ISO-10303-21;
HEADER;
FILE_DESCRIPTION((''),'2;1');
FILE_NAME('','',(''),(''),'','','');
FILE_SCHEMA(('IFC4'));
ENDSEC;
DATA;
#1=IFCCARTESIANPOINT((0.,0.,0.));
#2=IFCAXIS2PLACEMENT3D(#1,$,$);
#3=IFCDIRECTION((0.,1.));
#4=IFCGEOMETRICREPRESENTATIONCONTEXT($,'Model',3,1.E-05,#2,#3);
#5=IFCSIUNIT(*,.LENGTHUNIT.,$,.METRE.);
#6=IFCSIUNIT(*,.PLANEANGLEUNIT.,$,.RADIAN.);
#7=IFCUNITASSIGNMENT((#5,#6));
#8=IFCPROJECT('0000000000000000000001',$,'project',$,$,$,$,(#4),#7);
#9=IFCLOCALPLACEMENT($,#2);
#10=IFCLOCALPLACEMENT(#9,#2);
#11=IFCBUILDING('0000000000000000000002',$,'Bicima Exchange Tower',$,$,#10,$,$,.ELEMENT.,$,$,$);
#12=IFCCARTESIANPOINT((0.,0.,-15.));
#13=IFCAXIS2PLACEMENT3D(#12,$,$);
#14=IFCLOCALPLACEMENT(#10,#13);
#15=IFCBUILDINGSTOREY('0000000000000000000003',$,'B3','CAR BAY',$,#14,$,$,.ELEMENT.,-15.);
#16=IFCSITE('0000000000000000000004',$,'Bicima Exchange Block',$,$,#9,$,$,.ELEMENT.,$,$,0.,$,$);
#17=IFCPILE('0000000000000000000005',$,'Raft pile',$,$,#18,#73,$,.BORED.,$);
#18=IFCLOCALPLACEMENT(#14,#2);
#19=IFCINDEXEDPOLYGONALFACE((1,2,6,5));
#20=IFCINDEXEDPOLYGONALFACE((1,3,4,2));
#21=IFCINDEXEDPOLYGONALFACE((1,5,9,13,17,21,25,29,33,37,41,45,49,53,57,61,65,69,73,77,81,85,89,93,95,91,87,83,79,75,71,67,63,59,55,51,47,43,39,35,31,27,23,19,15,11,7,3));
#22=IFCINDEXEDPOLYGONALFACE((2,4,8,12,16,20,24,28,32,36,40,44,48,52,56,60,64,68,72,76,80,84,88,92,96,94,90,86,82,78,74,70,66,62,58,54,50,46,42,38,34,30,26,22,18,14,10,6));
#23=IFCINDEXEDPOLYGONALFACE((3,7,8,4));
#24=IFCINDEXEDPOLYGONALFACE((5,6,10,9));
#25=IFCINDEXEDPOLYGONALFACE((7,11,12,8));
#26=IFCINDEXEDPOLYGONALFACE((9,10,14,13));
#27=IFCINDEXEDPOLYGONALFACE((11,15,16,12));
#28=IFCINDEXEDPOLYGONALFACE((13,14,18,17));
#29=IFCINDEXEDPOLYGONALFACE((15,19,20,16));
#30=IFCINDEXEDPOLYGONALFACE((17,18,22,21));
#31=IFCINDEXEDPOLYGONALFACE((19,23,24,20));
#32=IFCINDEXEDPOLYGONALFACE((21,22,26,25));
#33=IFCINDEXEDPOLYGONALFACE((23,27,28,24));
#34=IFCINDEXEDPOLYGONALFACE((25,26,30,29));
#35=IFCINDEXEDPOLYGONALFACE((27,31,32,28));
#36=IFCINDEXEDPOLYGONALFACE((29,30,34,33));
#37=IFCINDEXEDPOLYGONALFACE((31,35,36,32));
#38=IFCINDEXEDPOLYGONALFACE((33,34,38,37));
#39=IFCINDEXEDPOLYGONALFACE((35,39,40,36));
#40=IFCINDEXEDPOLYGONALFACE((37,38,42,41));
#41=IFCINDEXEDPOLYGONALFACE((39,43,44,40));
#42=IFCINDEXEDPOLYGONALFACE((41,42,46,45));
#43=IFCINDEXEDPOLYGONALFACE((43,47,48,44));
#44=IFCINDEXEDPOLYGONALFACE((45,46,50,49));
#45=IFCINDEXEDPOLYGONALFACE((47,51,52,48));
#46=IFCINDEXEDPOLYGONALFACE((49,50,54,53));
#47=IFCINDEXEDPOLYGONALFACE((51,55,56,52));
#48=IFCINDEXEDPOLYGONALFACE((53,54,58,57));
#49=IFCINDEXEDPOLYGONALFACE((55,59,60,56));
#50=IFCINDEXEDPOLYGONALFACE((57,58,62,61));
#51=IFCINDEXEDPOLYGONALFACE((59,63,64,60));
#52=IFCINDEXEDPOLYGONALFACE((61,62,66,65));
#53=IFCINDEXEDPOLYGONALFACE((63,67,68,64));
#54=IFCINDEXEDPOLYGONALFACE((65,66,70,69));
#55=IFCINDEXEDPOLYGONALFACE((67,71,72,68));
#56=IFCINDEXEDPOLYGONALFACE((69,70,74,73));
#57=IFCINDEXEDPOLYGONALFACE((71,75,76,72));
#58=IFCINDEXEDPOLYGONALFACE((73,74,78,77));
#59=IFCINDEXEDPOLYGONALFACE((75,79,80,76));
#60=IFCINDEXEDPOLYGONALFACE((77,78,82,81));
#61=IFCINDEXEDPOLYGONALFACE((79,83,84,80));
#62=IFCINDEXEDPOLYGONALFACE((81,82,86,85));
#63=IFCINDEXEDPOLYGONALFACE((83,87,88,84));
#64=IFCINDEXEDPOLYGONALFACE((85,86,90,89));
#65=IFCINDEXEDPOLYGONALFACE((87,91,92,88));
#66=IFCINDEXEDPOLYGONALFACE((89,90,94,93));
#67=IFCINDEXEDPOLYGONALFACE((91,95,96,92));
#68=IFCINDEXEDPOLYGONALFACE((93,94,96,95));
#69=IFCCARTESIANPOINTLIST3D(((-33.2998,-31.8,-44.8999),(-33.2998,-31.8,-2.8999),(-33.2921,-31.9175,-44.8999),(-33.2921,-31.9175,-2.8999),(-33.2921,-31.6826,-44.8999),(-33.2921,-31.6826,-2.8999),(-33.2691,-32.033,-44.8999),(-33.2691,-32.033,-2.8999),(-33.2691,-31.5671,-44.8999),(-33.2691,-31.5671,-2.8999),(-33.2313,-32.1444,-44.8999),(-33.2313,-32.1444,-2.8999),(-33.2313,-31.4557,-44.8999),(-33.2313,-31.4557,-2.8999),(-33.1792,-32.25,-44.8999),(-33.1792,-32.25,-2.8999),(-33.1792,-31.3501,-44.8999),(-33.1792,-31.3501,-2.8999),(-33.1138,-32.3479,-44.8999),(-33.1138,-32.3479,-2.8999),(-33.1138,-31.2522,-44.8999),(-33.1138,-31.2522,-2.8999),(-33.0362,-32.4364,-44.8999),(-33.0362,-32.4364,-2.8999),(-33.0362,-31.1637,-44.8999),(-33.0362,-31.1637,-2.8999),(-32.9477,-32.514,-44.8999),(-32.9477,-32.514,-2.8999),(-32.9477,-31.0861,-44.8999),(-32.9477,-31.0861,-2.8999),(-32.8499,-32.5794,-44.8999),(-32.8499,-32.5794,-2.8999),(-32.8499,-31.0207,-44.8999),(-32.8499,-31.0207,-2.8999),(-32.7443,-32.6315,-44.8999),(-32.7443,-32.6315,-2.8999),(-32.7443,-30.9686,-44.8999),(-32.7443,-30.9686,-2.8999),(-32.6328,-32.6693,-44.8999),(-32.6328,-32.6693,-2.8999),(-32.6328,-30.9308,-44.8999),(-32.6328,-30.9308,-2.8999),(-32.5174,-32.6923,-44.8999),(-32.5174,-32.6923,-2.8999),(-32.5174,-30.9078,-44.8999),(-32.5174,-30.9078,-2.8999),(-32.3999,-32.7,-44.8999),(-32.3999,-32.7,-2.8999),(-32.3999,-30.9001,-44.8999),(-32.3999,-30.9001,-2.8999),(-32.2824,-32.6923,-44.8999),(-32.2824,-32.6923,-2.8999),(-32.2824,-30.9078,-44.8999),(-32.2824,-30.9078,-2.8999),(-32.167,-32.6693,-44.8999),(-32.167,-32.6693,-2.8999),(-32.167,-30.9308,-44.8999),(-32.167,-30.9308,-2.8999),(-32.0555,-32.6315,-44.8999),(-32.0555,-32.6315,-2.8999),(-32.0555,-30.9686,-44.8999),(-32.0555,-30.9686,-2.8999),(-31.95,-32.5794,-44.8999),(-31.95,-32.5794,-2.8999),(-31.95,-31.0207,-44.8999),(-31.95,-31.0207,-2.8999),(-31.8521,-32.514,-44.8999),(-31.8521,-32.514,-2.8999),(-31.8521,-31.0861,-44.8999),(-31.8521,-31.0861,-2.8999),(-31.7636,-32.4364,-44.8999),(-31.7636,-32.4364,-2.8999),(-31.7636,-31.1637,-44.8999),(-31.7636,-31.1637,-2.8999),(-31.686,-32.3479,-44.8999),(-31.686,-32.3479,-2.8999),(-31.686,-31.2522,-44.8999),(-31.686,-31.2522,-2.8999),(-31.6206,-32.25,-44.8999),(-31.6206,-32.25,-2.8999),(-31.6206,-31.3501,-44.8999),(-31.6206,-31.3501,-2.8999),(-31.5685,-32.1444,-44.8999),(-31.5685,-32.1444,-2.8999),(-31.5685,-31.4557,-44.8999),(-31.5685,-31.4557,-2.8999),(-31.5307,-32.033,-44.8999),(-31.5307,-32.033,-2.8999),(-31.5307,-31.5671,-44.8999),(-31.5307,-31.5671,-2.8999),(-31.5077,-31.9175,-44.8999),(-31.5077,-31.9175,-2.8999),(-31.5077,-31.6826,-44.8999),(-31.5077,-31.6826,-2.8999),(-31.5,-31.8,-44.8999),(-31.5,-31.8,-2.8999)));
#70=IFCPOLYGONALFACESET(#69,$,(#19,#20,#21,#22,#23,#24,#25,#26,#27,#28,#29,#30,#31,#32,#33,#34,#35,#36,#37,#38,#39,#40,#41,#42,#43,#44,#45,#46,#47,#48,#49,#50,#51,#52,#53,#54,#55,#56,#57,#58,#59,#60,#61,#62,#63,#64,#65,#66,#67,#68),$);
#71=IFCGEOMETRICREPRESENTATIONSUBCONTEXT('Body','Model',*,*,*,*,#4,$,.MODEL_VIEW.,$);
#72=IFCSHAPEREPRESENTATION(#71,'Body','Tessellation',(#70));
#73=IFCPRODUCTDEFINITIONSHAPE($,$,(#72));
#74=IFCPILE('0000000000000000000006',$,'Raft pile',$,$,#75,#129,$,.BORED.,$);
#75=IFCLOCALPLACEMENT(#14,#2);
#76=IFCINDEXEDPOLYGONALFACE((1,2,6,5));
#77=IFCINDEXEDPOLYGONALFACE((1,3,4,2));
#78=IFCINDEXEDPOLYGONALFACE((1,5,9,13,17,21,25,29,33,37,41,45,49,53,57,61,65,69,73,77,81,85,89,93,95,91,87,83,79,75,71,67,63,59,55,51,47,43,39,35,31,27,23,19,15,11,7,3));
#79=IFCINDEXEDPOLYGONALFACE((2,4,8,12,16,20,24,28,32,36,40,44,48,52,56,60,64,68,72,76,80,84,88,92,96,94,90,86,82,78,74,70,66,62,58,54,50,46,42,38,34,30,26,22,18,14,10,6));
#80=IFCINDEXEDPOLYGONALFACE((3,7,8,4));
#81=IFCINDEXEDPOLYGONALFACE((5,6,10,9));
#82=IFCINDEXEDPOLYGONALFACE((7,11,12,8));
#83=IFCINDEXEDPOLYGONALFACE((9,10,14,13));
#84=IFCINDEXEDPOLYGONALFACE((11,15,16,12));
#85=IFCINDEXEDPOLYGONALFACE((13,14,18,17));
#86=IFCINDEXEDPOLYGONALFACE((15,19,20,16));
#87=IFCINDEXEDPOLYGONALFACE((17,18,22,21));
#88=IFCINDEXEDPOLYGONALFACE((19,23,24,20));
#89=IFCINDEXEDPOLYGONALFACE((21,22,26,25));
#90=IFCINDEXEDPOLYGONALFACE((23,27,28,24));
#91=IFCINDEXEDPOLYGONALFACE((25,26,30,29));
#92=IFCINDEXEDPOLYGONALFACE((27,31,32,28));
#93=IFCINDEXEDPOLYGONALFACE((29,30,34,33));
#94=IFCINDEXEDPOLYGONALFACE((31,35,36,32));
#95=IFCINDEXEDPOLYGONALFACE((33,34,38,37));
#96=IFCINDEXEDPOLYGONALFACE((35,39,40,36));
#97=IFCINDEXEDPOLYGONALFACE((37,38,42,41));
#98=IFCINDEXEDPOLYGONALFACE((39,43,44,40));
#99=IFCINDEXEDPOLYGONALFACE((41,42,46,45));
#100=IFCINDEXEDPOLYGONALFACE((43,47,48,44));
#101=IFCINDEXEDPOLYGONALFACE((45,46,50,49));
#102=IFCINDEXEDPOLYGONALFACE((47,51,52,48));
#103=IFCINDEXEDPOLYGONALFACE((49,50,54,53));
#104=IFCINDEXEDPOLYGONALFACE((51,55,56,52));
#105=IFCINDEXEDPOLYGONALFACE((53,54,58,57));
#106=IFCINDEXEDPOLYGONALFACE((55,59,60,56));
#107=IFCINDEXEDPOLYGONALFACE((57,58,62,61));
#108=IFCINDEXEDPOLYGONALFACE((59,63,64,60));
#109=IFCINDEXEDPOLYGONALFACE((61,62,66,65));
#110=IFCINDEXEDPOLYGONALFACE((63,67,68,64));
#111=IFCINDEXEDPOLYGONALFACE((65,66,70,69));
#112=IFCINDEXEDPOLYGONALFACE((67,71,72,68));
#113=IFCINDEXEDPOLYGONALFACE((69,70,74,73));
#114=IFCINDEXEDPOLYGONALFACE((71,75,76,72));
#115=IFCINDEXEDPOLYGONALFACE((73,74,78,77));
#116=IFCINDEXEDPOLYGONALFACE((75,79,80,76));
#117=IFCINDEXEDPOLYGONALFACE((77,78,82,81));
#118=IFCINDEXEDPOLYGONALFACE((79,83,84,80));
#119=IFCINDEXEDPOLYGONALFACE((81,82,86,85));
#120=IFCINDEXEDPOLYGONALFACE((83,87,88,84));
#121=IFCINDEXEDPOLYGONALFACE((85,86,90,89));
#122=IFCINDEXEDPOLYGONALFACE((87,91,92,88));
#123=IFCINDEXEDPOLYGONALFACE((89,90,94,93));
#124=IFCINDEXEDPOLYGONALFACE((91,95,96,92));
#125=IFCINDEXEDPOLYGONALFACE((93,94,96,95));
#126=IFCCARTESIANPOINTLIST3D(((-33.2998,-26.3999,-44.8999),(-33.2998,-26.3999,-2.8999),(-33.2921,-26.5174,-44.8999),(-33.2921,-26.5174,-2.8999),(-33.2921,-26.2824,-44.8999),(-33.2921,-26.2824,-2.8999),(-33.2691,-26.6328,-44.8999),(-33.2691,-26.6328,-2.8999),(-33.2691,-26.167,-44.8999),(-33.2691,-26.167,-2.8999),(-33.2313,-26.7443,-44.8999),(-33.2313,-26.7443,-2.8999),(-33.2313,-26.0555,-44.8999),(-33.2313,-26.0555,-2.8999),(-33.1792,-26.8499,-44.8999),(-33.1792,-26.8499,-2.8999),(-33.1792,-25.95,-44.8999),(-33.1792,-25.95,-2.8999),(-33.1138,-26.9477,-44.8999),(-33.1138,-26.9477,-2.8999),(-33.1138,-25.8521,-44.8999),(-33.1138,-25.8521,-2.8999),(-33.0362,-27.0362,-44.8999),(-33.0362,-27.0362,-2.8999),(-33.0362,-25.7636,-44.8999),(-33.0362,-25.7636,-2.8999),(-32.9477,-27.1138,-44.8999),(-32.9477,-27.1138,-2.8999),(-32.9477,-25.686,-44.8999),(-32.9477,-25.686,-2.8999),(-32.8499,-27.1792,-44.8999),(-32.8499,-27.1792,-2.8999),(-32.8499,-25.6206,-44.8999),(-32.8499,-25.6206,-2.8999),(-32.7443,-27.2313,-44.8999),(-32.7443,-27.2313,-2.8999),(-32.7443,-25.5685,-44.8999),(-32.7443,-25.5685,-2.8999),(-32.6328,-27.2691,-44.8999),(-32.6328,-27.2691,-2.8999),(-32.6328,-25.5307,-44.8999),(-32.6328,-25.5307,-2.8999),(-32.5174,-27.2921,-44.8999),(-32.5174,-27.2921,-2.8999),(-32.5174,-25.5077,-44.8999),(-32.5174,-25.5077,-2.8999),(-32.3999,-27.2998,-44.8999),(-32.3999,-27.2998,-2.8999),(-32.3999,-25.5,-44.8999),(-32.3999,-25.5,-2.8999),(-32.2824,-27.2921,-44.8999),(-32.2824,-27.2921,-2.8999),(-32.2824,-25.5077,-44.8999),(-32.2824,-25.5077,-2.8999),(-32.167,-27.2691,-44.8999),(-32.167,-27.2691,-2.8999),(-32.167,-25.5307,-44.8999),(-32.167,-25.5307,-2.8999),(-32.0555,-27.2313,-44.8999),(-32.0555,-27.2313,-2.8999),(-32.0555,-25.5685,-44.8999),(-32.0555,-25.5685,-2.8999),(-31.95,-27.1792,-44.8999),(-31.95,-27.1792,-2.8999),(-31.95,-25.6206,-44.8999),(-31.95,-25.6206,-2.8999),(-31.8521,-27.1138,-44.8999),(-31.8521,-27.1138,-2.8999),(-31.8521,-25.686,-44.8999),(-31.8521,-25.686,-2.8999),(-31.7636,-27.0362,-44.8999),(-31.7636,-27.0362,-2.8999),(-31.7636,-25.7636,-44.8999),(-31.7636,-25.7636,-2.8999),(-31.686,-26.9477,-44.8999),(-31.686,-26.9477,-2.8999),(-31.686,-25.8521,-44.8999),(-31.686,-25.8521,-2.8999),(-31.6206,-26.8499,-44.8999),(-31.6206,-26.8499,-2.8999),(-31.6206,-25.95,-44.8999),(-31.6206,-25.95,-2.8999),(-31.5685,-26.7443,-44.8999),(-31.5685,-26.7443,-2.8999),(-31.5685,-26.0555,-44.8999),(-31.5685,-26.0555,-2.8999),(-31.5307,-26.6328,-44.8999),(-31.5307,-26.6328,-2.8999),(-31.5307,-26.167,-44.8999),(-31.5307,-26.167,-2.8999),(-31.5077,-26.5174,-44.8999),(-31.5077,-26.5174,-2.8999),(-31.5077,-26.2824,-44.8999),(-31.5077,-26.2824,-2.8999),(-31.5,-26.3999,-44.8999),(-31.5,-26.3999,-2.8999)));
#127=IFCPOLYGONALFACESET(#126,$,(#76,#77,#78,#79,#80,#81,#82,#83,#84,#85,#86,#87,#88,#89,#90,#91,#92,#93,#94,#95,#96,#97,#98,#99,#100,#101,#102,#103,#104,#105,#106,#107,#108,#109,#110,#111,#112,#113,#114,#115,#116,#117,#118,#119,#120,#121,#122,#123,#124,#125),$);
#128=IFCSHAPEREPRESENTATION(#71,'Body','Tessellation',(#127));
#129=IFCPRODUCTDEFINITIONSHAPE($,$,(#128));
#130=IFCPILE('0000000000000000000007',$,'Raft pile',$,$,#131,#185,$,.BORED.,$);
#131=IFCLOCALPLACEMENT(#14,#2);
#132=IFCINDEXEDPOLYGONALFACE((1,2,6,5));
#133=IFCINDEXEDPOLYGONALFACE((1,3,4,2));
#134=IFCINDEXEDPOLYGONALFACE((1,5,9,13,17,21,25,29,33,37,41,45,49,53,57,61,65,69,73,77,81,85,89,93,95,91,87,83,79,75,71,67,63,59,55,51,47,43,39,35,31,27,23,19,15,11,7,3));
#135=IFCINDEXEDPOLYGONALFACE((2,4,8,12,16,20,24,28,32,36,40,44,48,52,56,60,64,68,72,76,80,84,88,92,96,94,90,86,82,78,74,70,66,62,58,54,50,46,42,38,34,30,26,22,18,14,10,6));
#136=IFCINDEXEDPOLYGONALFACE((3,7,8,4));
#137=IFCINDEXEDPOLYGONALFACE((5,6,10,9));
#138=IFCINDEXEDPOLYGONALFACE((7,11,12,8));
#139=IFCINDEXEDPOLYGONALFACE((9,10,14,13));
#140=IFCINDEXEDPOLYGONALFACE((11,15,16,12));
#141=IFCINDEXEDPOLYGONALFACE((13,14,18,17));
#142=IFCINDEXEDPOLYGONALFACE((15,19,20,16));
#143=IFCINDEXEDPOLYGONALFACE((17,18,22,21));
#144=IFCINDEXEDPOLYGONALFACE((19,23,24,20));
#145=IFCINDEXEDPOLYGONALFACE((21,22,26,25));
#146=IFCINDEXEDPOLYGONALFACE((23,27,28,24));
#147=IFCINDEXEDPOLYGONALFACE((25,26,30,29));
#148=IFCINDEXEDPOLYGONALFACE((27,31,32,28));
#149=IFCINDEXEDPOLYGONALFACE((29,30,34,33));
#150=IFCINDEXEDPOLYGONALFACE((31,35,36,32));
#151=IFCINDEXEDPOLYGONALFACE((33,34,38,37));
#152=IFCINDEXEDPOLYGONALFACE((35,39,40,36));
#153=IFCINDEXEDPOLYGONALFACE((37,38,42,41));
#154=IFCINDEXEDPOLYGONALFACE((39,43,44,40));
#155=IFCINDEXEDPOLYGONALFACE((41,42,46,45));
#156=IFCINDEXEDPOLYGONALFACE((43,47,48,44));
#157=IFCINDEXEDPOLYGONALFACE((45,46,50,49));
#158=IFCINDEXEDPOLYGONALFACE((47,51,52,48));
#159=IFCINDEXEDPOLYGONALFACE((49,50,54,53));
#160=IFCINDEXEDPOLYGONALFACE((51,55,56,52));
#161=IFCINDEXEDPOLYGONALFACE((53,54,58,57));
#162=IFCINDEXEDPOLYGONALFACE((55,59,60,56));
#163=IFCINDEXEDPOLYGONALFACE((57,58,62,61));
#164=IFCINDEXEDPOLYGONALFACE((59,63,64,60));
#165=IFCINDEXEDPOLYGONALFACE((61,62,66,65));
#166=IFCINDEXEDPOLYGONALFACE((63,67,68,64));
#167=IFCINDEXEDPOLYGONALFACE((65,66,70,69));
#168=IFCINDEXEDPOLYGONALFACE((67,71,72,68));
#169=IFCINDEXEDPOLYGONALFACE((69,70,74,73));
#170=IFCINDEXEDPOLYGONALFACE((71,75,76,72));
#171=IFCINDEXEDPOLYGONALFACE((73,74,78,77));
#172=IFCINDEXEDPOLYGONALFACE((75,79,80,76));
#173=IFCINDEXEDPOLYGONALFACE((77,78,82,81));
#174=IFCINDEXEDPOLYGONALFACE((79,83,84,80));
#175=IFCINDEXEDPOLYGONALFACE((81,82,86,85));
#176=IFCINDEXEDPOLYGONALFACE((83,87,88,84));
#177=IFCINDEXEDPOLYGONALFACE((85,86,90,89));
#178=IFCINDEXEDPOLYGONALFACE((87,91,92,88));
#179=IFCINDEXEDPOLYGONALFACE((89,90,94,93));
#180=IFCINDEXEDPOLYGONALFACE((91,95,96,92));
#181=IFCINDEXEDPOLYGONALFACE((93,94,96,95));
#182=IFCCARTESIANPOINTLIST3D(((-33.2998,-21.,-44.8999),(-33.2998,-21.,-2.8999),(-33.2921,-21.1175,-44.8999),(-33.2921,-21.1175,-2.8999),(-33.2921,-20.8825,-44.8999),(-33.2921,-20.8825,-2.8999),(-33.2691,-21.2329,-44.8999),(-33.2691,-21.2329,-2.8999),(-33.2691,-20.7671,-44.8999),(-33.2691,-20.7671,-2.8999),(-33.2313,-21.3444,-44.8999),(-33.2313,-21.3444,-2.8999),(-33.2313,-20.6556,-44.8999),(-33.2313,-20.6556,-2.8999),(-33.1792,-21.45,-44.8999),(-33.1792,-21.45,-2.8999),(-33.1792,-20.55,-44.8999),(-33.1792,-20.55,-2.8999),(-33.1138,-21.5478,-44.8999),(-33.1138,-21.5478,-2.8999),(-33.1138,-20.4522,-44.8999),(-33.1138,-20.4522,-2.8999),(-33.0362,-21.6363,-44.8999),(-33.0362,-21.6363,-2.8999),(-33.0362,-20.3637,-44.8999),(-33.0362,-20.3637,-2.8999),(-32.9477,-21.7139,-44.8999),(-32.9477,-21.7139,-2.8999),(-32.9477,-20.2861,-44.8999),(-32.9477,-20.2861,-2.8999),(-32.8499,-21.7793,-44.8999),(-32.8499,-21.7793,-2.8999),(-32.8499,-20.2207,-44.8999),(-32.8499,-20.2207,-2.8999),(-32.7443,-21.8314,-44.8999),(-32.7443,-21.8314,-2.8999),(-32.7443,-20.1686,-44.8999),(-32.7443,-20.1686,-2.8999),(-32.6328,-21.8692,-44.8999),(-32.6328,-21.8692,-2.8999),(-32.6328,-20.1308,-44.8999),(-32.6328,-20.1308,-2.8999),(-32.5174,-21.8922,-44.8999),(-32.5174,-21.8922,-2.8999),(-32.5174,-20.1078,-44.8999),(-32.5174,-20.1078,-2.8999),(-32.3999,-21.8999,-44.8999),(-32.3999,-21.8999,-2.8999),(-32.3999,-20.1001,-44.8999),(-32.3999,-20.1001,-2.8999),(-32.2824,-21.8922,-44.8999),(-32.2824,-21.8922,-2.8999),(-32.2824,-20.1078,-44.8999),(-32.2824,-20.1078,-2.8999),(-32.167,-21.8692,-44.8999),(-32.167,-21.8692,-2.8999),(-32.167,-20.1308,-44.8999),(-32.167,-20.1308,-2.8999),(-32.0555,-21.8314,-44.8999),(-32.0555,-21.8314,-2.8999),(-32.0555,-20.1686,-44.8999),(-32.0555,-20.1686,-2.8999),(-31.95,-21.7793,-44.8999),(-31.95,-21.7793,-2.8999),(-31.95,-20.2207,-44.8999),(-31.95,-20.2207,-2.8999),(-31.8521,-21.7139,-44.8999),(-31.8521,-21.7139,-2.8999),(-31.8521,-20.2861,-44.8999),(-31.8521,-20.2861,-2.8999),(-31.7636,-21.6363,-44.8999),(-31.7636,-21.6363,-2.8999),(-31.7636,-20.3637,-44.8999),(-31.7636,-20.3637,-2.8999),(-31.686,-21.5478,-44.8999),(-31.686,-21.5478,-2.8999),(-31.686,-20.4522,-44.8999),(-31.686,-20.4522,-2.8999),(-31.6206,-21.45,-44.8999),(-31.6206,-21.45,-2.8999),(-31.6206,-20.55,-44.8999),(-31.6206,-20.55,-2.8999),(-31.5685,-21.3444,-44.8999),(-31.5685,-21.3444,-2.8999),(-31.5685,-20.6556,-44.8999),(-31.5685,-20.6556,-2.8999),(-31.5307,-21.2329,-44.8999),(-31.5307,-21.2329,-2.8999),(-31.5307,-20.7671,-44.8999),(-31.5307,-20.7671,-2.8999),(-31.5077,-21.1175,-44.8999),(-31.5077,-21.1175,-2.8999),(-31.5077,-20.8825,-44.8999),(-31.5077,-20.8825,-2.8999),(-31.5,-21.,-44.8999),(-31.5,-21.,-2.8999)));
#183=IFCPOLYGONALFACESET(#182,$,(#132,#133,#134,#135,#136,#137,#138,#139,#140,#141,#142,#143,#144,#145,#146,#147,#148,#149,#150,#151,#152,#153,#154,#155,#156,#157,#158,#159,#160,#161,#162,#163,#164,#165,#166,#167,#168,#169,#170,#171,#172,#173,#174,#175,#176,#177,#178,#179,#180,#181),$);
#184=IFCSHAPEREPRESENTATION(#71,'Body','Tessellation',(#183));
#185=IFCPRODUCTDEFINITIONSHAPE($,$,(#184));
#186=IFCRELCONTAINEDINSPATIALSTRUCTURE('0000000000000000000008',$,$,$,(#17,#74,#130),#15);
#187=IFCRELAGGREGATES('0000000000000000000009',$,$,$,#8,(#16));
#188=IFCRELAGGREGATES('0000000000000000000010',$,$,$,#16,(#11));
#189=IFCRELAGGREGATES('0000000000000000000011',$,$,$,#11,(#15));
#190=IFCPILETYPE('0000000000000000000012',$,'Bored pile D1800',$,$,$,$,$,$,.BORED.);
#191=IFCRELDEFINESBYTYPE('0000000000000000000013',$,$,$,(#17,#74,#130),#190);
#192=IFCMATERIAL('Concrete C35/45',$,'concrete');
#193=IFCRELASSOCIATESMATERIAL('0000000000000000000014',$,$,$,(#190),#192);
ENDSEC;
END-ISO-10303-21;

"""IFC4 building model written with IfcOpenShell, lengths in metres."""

from ifc_helpers import new_model, si_unit, direction, frame, origin, origin_2d, place, context, subcontext, project, spatial, circle, extrude, material, material_profile, profile_set, type_object, element, save


model = new_model("IFC4")

# Units and contexts
model_context = context("Model", 3, precision=1e-05, world=origin(), true_north=direction((0.0, 1.0)))
body_context = subcontext(model_context, "Body", "Model", "MODEL_VIEW")
ifc_project = project(units=[si_unit("LENGTHUNIT", "METRE"), si_unit("PLANEANGLEUNIT", "RADIAN")], contexts=[model_context])

# Site, building, storey
site_placement = place(None, origin())
site = spatial("IfcSite", under=ifc_project, at=site_placement, Name="Bicima Exchange Block", CompositionType="ELEMENT", RefElevation=0.0)
building_placement = place(site_placement, origin())
building = spatial("IfcBuilding", under=site, at=building_placement, Name="Bicima Exchange Tower", CompositionType="ELEMENT")
storey_placement = place(building_placement, frame((0.0, 0.0, -15.0)))
storey = spatial("IfcBuildingStorey", under=building, at=storey_placement, Name="B3", Description="CAR BAY", CompositionType="ELEMENT", Elevation=-15.0)

# Piles
ifc_material_1 = material(Name="Concrete C35/45", Category="concrete")
ifc_material_profile_1 = material_profile(ifc_material_1, circle(Radius=0.8999, at=origin_2d()))
ifc_profile_set_1 = profile_set([ifc_material_profile_1], Name="Concrete C35/45")
pile_type = type_object("IfcPileType", Name="Bored pile D1800", PredefinedType="BORED", material=ifc_profile_set_1)
for number, where, z_axis, x_axis, name in (
    (1, (-32.3999, -31.8, -2.8999), (0.0, 0.0, -1.0), (1.0, 0.0, 0.0), "Raft pile"),
    (2, (-32.3999, -26.3999, -2.8999), (0.0, 0.0, -1.0), (1.0, 0.0, 0.0), "Raft pile"),
    (3, (-32.3999, -21.0, -2.8999), (0.0, 0.0, -1.0), (1.0, 0.0, 0.0), "Raft pile"),
):
    element("IfcPile", number, at=place(storey_placement, frame(where, z_axis=z_axis, x_axis=x_axis)), inside=storey, type_object=pile_type, Name=name, PredefinedType="BORED", context=body_context, shape_type="SweptSolid", body=[
        extrude(circle(Radius=0.8999, at=origin_2d()), origin(), (0.0, 0.0, 1.0), 42.0),
    ])

save(model, "model.ifc")
